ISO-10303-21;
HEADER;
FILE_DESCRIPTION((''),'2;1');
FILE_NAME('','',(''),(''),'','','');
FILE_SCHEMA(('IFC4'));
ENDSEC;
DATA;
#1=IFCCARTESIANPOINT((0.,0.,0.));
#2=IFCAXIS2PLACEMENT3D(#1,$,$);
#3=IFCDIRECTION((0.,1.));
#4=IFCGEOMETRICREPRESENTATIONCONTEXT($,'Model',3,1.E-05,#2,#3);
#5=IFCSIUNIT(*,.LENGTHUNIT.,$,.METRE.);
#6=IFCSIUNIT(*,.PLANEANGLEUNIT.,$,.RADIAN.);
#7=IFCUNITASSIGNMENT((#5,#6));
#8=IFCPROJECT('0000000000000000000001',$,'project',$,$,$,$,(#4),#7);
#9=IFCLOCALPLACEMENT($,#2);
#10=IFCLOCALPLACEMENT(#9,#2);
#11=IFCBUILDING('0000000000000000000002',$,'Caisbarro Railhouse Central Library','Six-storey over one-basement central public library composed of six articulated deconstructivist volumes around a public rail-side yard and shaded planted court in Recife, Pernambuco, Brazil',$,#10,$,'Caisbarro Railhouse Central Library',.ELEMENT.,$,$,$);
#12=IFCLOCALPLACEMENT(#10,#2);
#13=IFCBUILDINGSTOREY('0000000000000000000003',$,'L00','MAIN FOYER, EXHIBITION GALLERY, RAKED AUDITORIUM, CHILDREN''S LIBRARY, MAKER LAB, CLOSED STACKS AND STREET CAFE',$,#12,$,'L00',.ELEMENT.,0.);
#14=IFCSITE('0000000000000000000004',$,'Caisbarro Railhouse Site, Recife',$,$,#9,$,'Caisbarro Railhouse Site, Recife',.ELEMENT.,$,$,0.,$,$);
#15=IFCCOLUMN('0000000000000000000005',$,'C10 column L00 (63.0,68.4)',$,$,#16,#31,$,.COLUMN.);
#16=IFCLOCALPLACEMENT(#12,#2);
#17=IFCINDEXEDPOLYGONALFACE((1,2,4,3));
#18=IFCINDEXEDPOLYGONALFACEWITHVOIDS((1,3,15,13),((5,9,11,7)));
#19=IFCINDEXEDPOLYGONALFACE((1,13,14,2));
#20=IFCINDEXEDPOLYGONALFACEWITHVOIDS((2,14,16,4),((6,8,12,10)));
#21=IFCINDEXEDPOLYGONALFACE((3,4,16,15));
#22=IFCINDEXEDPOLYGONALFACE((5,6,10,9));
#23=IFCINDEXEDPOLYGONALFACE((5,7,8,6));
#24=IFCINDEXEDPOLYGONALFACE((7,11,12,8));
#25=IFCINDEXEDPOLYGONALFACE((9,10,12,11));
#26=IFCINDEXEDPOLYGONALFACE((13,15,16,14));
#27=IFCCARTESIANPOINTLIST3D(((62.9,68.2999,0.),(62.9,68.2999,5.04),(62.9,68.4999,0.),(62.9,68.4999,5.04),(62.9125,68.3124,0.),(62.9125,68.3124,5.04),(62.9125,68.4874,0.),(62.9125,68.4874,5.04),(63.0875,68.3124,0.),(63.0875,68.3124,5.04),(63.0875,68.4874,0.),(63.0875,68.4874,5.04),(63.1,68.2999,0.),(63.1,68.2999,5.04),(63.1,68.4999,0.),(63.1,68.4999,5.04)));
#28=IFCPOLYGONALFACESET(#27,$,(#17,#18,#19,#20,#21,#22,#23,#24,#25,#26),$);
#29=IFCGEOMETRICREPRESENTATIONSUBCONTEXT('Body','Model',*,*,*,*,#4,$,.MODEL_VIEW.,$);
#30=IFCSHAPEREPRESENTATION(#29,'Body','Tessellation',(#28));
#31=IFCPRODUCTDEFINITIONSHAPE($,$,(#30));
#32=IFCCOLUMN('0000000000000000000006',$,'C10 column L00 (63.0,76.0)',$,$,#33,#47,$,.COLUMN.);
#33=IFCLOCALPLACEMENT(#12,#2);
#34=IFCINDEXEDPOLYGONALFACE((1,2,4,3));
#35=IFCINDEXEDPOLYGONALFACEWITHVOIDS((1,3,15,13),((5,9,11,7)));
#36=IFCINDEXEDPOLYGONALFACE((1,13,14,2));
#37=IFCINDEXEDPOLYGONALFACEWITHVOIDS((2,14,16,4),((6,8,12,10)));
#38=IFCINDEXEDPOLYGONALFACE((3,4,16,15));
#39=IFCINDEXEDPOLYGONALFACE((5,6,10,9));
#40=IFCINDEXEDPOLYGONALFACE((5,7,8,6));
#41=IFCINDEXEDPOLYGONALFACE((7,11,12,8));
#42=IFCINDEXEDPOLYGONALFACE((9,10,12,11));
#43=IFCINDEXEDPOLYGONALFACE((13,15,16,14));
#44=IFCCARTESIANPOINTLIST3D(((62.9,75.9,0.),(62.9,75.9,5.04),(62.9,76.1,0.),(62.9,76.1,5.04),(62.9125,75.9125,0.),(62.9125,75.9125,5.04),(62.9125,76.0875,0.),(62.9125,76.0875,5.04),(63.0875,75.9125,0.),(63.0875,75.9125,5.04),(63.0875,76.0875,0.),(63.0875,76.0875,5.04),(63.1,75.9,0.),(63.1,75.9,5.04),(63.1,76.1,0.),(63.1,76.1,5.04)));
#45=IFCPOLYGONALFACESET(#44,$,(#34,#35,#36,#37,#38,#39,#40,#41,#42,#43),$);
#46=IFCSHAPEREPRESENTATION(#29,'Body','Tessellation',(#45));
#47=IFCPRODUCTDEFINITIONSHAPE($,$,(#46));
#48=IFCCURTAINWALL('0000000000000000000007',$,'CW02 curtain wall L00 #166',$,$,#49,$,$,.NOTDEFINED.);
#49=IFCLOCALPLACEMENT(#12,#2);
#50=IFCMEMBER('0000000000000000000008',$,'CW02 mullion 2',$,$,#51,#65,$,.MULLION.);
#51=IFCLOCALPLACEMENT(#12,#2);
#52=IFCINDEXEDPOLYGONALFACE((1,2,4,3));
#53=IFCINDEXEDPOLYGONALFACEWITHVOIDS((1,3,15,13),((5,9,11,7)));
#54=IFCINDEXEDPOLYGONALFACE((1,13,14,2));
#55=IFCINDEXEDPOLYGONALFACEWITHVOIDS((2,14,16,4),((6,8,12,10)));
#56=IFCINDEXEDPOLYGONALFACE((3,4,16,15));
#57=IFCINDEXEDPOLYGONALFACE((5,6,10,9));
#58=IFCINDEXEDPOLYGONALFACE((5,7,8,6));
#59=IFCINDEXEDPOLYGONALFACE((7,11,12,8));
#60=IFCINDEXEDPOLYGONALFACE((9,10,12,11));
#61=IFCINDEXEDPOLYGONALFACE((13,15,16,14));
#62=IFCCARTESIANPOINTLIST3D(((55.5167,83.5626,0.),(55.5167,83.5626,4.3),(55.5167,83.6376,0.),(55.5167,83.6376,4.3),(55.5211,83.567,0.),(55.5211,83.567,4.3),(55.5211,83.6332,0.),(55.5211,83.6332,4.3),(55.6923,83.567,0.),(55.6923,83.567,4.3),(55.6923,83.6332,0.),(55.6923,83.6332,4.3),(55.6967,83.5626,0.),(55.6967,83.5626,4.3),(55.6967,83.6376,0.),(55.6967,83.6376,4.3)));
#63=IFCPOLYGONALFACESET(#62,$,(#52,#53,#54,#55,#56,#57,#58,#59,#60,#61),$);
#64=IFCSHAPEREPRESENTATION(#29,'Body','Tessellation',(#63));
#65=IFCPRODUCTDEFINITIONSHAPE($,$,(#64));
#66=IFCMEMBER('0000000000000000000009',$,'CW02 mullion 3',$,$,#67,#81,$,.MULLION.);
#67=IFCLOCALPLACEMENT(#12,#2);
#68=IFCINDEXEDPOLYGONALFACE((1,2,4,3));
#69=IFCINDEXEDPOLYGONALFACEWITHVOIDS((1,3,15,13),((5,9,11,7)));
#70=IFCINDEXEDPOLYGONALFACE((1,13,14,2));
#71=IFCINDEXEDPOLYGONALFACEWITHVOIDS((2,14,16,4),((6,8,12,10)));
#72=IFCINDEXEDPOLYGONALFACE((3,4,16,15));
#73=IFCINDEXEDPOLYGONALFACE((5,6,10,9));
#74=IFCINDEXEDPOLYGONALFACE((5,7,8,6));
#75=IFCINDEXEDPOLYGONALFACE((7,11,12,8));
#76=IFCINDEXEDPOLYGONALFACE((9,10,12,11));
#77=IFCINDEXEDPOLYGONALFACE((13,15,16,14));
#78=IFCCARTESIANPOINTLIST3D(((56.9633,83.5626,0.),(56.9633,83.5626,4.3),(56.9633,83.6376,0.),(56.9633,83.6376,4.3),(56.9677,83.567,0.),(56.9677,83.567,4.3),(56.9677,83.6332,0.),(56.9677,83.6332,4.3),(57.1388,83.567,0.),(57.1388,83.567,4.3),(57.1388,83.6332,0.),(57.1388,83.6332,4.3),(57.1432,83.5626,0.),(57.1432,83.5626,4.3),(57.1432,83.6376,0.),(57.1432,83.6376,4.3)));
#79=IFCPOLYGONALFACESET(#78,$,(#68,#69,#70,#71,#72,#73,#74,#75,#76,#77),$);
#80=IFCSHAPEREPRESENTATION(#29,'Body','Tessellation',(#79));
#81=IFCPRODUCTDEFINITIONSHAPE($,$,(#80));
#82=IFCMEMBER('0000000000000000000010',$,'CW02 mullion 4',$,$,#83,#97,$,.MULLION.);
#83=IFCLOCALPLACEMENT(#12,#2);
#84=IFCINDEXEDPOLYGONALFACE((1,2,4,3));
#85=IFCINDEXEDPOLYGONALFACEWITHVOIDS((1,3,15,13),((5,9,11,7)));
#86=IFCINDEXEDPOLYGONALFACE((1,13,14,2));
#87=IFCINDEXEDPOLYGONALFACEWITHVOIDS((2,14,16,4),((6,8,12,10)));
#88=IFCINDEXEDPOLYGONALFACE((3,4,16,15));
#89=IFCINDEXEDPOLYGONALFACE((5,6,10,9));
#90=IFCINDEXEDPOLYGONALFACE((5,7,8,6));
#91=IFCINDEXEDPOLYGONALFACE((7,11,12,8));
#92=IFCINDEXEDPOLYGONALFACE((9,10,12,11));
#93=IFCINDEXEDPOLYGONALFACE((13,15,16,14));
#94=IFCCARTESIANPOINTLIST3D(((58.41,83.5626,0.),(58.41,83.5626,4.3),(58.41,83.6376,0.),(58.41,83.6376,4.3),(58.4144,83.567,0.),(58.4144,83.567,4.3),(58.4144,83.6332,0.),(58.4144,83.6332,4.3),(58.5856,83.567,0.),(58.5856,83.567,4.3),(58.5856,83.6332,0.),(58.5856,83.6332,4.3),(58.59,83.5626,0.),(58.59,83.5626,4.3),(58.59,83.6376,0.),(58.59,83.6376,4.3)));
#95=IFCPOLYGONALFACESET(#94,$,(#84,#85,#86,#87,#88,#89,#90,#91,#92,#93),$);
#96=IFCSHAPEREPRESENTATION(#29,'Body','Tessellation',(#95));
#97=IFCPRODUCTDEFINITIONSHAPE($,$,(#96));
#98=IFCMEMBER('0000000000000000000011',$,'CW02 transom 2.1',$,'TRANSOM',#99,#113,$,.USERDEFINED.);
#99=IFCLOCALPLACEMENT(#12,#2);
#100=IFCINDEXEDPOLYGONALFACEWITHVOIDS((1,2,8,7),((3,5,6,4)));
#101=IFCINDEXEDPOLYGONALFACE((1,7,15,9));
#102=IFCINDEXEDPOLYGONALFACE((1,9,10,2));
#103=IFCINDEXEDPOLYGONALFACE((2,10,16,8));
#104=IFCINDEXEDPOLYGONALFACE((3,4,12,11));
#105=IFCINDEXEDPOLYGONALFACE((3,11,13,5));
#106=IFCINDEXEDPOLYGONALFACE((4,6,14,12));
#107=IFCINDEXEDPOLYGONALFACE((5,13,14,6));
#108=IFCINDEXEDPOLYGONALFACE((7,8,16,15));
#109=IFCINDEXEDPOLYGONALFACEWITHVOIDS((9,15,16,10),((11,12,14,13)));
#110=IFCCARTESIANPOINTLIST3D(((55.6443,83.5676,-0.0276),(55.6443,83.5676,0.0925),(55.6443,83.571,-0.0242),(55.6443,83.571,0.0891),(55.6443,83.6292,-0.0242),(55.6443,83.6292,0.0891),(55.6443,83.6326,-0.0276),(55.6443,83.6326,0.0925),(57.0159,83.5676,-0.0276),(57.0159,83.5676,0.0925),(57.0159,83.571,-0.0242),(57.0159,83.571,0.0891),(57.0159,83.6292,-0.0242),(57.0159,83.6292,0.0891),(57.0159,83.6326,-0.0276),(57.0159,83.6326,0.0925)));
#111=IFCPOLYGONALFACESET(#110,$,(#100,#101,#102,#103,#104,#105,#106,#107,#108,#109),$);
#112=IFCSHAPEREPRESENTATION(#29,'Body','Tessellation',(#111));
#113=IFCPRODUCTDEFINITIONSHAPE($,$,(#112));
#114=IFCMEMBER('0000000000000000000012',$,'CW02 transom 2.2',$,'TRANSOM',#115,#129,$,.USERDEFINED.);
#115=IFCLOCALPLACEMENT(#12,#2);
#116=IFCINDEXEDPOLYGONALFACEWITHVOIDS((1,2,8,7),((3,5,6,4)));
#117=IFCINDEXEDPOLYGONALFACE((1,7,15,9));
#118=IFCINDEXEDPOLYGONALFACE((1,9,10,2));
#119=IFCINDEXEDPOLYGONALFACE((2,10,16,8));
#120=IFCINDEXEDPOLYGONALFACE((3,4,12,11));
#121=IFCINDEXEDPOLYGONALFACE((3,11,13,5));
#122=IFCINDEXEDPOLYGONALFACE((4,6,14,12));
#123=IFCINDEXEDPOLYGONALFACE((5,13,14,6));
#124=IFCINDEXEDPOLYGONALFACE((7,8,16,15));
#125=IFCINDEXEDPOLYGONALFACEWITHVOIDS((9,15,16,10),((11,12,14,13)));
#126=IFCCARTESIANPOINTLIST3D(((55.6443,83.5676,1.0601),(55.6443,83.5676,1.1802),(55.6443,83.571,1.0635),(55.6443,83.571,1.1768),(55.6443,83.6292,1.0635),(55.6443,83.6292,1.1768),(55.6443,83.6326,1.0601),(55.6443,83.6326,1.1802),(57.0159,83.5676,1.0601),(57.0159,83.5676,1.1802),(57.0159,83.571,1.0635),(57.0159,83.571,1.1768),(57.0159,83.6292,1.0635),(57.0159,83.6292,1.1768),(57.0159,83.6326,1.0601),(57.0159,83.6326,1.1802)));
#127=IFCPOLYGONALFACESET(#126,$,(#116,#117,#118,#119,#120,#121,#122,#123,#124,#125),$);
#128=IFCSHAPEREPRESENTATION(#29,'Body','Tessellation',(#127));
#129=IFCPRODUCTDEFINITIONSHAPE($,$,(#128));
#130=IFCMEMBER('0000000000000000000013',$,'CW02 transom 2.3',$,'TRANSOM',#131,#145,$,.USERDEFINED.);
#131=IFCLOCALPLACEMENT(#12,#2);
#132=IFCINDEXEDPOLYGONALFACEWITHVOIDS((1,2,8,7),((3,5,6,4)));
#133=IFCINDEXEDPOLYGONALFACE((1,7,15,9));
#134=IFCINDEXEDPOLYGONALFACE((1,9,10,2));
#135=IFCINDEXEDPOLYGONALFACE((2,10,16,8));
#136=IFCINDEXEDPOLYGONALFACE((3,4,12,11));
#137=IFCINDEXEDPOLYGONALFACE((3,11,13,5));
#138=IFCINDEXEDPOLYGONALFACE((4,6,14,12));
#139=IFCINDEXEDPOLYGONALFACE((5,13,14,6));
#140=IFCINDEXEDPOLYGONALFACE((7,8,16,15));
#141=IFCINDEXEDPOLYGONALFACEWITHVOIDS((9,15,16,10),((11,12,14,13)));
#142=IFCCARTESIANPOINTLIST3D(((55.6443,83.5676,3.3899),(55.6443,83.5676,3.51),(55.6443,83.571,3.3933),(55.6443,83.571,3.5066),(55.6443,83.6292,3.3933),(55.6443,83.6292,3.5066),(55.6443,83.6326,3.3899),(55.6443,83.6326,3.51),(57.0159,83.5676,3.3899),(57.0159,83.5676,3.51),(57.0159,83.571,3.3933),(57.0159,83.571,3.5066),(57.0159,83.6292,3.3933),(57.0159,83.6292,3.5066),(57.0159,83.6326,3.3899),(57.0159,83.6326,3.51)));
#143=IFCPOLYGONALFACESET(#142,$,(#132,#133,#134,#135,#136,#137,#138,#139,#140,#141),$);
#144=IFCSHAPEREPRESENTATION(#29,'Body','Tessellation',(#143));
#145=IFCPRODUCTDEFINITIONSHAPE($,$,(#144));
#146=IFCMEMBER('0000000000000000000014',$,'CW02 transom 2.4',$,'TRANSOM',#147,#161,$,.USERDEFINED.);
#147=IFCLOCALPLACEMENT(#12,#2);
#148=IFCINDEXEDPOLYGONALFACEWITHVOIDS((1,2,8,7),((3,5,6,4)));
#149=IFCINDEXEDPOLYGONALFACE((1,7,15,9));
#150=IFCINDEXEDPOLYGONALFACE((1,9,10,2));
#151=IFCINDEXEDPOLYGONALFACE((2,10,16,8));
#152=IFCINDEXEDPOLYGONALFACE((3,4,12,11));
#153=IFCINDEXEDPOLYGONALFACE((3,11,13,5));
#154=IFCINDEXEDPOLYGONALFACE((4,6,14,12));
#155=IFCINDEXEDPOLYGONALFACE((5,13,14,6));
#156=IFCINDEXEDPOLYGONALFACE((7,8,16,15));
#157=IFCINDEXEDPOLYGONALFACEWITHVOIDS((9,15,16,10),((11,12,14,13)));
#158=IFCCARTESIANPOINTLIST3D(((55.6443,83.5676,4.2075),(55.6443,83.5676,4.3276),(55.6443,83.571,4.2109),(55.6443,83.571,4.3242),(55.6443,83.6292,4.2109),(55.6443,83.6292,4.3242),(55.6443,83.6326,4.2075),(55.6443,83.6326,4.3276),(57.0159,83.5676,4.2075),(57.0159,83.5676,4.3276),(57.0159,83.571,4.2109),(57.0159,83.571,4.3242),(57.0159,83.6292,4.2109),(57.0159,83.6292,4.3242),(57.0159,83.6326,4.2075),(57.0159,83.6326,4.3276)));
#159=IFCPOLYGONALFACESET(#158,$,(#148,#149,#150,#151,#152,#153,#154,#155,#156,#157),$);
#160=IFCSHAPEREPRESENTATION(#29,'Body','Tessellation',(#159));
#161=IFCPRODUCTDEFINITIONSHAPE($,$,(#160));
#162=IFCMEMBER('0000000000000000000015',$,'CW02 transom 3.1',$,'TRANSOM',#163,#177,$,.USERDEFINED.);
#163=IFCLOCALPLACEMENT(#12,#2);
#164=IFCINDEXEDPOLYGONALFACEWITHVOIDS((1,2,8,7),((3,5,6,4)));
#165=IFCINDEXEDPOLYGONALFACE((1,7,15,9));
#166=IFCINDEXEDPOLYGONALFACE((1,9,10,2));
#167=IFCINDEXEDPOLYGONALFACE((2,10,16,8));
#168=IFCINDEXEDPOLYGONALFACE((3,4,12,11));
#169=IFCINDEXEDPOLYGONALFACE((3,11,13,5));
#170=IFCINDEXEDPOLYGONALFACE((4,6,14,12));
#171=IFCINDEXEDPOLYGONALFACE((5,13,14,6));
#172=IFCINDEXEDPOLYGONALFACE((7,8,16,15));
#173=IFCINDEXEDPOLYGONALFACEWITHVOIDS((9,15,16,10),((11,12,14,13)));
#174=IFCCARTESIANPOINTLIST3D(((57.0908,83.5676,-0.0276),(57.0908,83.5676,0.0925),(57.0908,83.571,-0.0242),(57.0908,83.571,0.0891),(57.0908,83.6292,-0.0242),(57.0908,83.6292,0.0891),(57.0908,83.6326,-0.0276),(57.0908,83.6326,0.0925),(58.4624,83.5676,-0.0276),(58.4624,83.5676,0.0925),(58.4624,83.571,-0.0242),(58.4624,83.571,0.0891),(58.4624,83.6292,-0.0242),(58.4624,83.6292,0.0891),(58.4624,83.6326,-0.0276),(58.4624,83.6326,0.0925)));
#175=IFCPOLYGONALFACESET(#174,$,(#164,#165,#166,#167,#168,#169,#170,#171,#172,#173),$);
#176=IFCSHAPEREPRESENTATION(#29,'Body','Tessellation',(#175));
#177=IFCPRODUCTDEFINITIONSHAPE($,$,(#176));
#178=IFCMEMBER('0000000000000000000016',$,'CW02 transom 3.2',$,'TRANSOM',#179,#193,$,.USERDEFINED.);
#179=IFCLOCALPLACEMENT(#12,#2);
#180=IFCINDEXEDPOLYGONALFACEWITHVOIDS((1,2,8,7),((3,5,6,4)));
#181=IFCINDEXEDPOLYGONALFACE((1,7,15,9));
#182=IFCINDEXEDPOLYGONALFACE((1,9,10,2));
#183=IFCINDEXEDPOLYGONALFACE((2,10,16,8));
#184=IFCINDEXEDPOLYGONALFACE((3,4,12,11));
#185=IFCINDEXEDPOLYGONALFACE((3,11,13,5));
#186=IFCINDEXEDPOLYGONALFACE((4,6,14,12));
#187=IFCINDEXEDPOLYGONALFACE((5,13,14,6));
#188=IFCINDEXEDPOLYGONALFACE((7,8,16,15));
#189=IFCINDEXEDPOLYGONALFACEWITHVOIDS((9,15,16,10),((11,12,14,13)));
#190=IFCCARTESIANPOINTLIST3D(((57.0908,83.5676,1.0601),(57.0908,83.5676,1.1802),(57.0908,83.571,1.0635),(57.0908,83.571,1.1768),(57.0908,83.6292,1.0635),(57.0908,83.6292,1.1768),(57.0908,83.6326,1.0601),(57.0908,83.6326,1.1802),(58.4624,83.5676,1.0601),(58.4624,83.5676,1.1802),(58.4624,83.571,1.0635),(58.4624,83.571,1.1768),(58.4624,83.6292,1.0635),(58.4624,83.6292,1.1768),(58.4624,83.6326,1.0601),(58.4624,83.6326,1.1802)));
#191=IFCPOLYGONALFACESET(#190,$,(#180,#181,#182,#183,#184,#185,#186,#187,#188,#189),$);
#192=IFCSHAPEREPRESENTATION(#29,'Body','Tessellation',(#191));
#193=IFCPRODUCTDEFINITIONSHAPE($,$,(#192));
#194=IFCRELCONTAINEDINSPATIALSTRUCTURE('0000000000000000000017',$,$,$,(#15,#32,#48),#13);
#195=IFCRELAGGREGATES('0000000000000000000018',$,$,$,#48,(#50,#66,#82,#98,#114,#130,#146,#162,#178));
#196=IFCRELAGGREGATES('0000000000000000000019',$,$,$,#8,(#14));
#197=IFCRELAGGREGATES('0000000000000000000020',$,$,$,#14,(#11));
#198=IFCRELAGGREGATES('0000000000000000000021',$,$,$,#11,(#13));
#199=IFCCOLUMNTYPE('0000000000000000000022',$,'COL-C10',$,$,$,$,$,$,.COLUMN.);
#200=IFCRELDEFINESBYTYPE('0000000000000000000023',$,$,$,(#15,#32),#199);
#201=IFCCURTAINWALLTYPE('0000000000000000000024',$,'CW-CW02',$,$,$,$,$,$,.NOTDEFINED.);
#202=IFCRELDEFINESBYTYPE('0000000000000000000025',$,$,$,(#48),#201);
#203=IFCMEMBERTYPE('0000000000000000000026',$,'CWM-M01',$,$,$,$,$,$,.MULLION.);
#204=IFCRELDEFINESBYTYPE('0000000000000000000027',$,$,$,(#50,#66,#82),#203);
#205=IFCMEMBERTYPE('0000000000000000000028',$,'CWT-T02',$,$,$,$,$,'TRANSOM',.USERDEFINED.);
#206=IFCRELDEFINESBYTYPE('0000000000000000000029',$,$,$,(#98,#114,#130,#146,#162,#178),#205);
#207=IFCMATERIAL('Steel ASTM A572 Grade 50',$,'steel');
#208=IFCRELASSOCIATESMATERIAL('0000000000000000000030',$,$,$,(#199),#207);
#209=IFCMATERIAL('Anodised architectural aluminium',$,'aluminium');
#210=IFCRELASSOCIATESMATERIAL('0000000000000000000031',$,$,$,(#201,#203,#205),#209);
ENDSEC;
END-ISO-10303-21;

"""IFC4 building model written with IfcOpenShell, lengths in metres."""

from ifc_helpers import new_model, si_unit, direction, frame, origin, origin_2d, place, context, subcontext, project, spatial, hollow_rectangle, extrude, material, material_profile, profile_set, type_object, element, aggregate, save


model = new_model("IFC4")

# Units and contexts
model_context = context("Model", 3, precision=1e-05, world=origin(), true_north=direction((0.0, 1.0)))
body_context = subcontext(model_context, "Body", "Model", "MODEL_VIEW")
ifc_project = project(units=[si_unit("LENGTHUNIT", "METRE"), si_unit("PLANEANGLEUNIT", "RADIAN")], contexts=[model_context])

# Site, building, storey
site_placement = place(None, origin())
site = spatial("IfcSite", under=ifc_project, at=site_placement, Name="Caisbarro Railhouse Site, Recife", LongName="Caisbarro Railhouse Site, Recife", CompositionType="ELEMENT", RefElevation=0.0)
building_placement = place(site_placement, origin())
building = spatial("IfcBuilding", under=site, at=building_placement, Name="Caisbarro Railhouse Central Library", Description="Six-storey over one-basement central public library composed of six articulated deconstructivist volumes around a public rail-side yard and shaded planted court in Recife, Pernambuco, Brazil", LongName="Caisbarro Railhouse Central Library", CompositionType="ELEMENT")
storey_placement = place(building_placement, origin())
storey = spatial("IfcBuildingStorey", under=building, at=storey_placement, Name="L00", Description="MAIN FOYER, EXHIBITION GALLERY, RAKED AUDITORIUM, CHILDREN'S LIBRARY, MAKER LAB, CLOSED STACKS AND STREET CAFE", LongName="L00", CompositionType="ELEMENT", Elevation=0.0)

# Columns
ifc_material_1 = material(Name="Steel ASTM A572 Grade 50", Category="steel")
ifc_material_profile_1 = material_profile(ifc_material_1, hollow_rectangle(XDim=0.2, YDim=0.2, WallThickness=0.0125, at=origin_2d()), Name="HSS200X200X12.5")
ifc_profile_set_1 = profile_set([ifc_material_profile_1], Name="Steel ASTM A572 Grade 50")
column_type = type_object("IfcColumnType", Name="COL-C10", PredefinedType="COLUMN", material=ifc_profile_set_1)
for number, where, z_axis, x_axis, name in (
    (1, (63.0, 68.3999, 0.0), (0.0, 0.0, 1.0), (1.0, 0.0, 0.0), "C10 column L00 (63.0,68.4)"),
    (2, (63.0, 76.0, 0.0), (0.0, 0.0, 1.0), (1.0, 0.0, 0.0), "C10 column L00 (63.0,76.0)"),
):
    element("IfcColumn", number, at=place(storey_placement, frame(where, z_axis=z_axis, x_axis=x_axis)), inside=storey, type_object=column_type, Name=name, PredefinedType="COLUMN", context=body_context, shape_type="SweptSolid", body=[
        extrude(hollow_rectangle(XDim=0.2, YDim=0.2, WallThickness=0.0125, at=origin_2d()), origin(), (0.0, 0.0, 1.0), 5.04),
    ])

# Curtain wall, members
ifc_material_2 = material(Name="Anodised architectural aluminium", Category="aluminium")
curtain_wall_type = type_object("IfcCurtainWallType", Name="CW-CW02", PredefinedType="NOTDEFINED", material=ifc_material_2)
curtain_wall_placement = place(storey_placement, origin())
curtain_wall = element("IfcCurtainWall", 3, at=curtain_wall_placement, inside=storey, type_object=curtain_wall_type, Name="CW02 curtain wall L00 #166", PredefinedType="NOTDEFINED")
ifc_material_profile_2 = material_profile(ifc_material_2, hollow_rectangle(XDim=0.075, YDim=0.1799, WallThickness=0.0044, at=origin_2d()), Name="ALU-MUL-75X180")
ifc_profile_set_2 = profile_set([ifc_material_profile_2], Name="Anodised architectural aluminium")
member_type_1 = type_object("IfcMemberType", Name="CWM-M01", PredefinedType="MULLION", material=ifc_profile_set_2)
member_1_placement = place(storey_placement, frame((55.6067, 83.6001, 0.0), z_axis=(0.0, 0.0, 1.0), x_axis=(0.0, 1.0, 0.0)))
member_1 = element("IfcMember", 4, at=member_1_placement, type_object=member_type_1, Name="CW02 mullion 2", PredefinedType="MULLION", context=body_context, shape_type="SweptSolid", body=[
    extrude(hollow_rectangle(XDim=0.075, YDim=0.1799, WallThickness=0.0044, at=origin_2d()), origin(), (0.0, 0.0, 1.0), 4.3),
])
member_2_placement = place(storey_placement, frame((57.0532, 83.6001, 0.0), z_axis=(0.0, 0.0, 1.0), x_axis=(0.0, 1.0, 0.0)))
member_2 = element("IfcMember", 5, at=member_2_placement, type_object=member_type_1, Name="CW02 mullion 3", PredefinedType="MULLION", context=body_context, shape_type="SweptSolid", body=[
    extrude(hollow_rectangle(XDim=0.075, YDim=0.1799, WallThickness=0.0044, at=origin_2d()), origin(), (0.0, 0.0, 1.0), 4.3),
])
member_3_placement = place(storey_placement, frame((58.5, 83.6001, 0.0), z_axis=(0.0, 0.0, 1.0), x_axis=(0.0, 1.0, 0.0)))
member_3 = element("IfcMember", 6, at=member_3_placement, type_object=member_type_1, Name="CW02 mullion 4", PredefinedType="MULLION", context=body_context, shape_type="SweptSolid", body=[
    extrude(hollow_rectangle(XDim=0.075, YDim=0.1799, WallThickness=0.0044, at=origin_2d()), origin(), (0.0, 0.0, 1.0), 4.3),
])
ifc_material_profile_3 = material_profile(ifc_material_2, hollow_rectangle(XDim=0.0649, YDim=0.1201, WallThickness=0.0034, at=origin_2d()), Name="ALU-TRN-65X120")
ifc_profile_set_3 = profile_set([ifc_material_profile_3], Name="Anodised architectural aluminium")
member_type_2 = type_object("IfcMemberType", Name="CWT-T02", ElementType="TRANSOM", PredefinedType="USERDEFINED", material=ifc_profile_set_3)
member_4_placement = place(storey_placement, frame((55.6443, 83.6001, 0.0325), z_axis=(1.0, 0.0, 0.0), x_axis=(0.0, 1.0, 0.0)))
member_4 = element("IfcMember", 7, at=member_4_placement, type_object=member_type_2, Name="CW02 transom 2.1", ObjectType="TRANSOM", PredefinedType="USERDEFINED", context=body_context, shape_type="SweptSolid", body=[
    extrude(hollow_rectangle(XDim=0.0649, YDim=0.1201, WallThickness=0.0034, at=origin_2d()), origin(), (0.0, 0.0, 1.0), 1.3716),
])
member_5_placement = place(storey_placement, frame((55.6443, 83.6001, 1.1201), z_axis=(1.0, 0.0, 0.0), x_axis=(0.0, 1.0, 0.0)))
member_5 = element("IfcMember", 8, at=member_5_placement, type_object=member_type_2, Name="CW02 transom 2.2", ObjectType="TRANSOM", PredefinedType="USERDEFINED", context=body_context, shape_type="SweptSolid", body=[
    extrude(hollow_rectangle(XDim=0.0649, YDim=0.1201, WallThickness=0.0034, at=origin_2d()), origin(), (0.0, 0.0, 1.0), 1.3716),
])
member_6_placement = place(storey_placement, frame((55.6443, 83.6001, 3.45), z_axis=(1.0, 0.0, 0.0), x_axis=(0.0, 1.0, 0.0)))
member_6 = element("IfcMember", 9, at=member_6_placement, type_object=member_type_2, Name="CW02 transom 2.3", ObjectType="TRANSOM", PredefinedType="USERDEFINED", context=body_context, shape_type="SweptSolid", body=[
    extrude(hollow_rectangle(XDim=0.0649, YDim=0.1201, WallThickness=0.0034, at=origin_2d()), origin(), (0.0, 0.0, 1.0), 1.3716),
])
member_7_placement = place(storey_placement, frame((55.6443, 83.6001, 4.2676), z_axis=(1.0, 0.0, 0.0), x_axis=(0.0, 1.0, 0.0)))
member_7 = element("IfcMember", 10, at=member_7_placement, type_object=member_type_2, Name="CW02 transom 2.4", ObjectType="TRANSOM", PredefinedType="USERDEFINED", context=body_context, shape_type="SweptSolid", body=[
    extrude(hollow_rectangle(XDim=0.0649, YDim=0.1201, WallThickness=0.0034, at=origin_2d()), origin(), (0.0, 0.0, 1.0), 1.3716),
])
member_8_placement = place(storey_placement, frame((57.0908, 83.6001, 0.0325), z_axis=(1.0, 0.0, 0.0), x_axis=(0.0, 1.0, 0.0)))
member_8 = element("IfcMember", 11, at=member_8_placement, type_object=member_type_2, Name="CW02 transom 3.1", ObjectType="TRANSOM", PredefinedType="USERDEFINED", context=body_context, shape_type="SweptSolid", body=[
    extrude(hollow_rectangle(XDim=0.0649, YDim=0.1201, WallThickness=0.0034, at=origin_2d()), origin(), (0.0, 0.0, 1.0), 1.3716),
])
member_9_placement = place(storey_placement, frame((57.0908, 83.6001, 1.1201), z_axis=(1.0, 0.0, 0.0), x_axis=(0.0, 1.0, 0.0)))
member_9 = element("IfcMember", 12, at=member_9_placement, type_object=member_type_2, Name="CW02 transom 3.2", ObjectType="TRANSOM", PredefinedType="USERDEFINED", context=body_context, shape_type="SweptSolid", body=[
    extrude(hollow_rectangle(XDim=0.0649, YDim=0.1201, WallThickness=0.0034, at=origin_2d()), origin(), (0.0, 0.0, 1.0), 1.3716),
])
aggregate(curtain_wall, [member_1, member_2, member_3, member_4, member_5, member_6, member_7, member_8, member_9])

save(model, "model.ifc")
